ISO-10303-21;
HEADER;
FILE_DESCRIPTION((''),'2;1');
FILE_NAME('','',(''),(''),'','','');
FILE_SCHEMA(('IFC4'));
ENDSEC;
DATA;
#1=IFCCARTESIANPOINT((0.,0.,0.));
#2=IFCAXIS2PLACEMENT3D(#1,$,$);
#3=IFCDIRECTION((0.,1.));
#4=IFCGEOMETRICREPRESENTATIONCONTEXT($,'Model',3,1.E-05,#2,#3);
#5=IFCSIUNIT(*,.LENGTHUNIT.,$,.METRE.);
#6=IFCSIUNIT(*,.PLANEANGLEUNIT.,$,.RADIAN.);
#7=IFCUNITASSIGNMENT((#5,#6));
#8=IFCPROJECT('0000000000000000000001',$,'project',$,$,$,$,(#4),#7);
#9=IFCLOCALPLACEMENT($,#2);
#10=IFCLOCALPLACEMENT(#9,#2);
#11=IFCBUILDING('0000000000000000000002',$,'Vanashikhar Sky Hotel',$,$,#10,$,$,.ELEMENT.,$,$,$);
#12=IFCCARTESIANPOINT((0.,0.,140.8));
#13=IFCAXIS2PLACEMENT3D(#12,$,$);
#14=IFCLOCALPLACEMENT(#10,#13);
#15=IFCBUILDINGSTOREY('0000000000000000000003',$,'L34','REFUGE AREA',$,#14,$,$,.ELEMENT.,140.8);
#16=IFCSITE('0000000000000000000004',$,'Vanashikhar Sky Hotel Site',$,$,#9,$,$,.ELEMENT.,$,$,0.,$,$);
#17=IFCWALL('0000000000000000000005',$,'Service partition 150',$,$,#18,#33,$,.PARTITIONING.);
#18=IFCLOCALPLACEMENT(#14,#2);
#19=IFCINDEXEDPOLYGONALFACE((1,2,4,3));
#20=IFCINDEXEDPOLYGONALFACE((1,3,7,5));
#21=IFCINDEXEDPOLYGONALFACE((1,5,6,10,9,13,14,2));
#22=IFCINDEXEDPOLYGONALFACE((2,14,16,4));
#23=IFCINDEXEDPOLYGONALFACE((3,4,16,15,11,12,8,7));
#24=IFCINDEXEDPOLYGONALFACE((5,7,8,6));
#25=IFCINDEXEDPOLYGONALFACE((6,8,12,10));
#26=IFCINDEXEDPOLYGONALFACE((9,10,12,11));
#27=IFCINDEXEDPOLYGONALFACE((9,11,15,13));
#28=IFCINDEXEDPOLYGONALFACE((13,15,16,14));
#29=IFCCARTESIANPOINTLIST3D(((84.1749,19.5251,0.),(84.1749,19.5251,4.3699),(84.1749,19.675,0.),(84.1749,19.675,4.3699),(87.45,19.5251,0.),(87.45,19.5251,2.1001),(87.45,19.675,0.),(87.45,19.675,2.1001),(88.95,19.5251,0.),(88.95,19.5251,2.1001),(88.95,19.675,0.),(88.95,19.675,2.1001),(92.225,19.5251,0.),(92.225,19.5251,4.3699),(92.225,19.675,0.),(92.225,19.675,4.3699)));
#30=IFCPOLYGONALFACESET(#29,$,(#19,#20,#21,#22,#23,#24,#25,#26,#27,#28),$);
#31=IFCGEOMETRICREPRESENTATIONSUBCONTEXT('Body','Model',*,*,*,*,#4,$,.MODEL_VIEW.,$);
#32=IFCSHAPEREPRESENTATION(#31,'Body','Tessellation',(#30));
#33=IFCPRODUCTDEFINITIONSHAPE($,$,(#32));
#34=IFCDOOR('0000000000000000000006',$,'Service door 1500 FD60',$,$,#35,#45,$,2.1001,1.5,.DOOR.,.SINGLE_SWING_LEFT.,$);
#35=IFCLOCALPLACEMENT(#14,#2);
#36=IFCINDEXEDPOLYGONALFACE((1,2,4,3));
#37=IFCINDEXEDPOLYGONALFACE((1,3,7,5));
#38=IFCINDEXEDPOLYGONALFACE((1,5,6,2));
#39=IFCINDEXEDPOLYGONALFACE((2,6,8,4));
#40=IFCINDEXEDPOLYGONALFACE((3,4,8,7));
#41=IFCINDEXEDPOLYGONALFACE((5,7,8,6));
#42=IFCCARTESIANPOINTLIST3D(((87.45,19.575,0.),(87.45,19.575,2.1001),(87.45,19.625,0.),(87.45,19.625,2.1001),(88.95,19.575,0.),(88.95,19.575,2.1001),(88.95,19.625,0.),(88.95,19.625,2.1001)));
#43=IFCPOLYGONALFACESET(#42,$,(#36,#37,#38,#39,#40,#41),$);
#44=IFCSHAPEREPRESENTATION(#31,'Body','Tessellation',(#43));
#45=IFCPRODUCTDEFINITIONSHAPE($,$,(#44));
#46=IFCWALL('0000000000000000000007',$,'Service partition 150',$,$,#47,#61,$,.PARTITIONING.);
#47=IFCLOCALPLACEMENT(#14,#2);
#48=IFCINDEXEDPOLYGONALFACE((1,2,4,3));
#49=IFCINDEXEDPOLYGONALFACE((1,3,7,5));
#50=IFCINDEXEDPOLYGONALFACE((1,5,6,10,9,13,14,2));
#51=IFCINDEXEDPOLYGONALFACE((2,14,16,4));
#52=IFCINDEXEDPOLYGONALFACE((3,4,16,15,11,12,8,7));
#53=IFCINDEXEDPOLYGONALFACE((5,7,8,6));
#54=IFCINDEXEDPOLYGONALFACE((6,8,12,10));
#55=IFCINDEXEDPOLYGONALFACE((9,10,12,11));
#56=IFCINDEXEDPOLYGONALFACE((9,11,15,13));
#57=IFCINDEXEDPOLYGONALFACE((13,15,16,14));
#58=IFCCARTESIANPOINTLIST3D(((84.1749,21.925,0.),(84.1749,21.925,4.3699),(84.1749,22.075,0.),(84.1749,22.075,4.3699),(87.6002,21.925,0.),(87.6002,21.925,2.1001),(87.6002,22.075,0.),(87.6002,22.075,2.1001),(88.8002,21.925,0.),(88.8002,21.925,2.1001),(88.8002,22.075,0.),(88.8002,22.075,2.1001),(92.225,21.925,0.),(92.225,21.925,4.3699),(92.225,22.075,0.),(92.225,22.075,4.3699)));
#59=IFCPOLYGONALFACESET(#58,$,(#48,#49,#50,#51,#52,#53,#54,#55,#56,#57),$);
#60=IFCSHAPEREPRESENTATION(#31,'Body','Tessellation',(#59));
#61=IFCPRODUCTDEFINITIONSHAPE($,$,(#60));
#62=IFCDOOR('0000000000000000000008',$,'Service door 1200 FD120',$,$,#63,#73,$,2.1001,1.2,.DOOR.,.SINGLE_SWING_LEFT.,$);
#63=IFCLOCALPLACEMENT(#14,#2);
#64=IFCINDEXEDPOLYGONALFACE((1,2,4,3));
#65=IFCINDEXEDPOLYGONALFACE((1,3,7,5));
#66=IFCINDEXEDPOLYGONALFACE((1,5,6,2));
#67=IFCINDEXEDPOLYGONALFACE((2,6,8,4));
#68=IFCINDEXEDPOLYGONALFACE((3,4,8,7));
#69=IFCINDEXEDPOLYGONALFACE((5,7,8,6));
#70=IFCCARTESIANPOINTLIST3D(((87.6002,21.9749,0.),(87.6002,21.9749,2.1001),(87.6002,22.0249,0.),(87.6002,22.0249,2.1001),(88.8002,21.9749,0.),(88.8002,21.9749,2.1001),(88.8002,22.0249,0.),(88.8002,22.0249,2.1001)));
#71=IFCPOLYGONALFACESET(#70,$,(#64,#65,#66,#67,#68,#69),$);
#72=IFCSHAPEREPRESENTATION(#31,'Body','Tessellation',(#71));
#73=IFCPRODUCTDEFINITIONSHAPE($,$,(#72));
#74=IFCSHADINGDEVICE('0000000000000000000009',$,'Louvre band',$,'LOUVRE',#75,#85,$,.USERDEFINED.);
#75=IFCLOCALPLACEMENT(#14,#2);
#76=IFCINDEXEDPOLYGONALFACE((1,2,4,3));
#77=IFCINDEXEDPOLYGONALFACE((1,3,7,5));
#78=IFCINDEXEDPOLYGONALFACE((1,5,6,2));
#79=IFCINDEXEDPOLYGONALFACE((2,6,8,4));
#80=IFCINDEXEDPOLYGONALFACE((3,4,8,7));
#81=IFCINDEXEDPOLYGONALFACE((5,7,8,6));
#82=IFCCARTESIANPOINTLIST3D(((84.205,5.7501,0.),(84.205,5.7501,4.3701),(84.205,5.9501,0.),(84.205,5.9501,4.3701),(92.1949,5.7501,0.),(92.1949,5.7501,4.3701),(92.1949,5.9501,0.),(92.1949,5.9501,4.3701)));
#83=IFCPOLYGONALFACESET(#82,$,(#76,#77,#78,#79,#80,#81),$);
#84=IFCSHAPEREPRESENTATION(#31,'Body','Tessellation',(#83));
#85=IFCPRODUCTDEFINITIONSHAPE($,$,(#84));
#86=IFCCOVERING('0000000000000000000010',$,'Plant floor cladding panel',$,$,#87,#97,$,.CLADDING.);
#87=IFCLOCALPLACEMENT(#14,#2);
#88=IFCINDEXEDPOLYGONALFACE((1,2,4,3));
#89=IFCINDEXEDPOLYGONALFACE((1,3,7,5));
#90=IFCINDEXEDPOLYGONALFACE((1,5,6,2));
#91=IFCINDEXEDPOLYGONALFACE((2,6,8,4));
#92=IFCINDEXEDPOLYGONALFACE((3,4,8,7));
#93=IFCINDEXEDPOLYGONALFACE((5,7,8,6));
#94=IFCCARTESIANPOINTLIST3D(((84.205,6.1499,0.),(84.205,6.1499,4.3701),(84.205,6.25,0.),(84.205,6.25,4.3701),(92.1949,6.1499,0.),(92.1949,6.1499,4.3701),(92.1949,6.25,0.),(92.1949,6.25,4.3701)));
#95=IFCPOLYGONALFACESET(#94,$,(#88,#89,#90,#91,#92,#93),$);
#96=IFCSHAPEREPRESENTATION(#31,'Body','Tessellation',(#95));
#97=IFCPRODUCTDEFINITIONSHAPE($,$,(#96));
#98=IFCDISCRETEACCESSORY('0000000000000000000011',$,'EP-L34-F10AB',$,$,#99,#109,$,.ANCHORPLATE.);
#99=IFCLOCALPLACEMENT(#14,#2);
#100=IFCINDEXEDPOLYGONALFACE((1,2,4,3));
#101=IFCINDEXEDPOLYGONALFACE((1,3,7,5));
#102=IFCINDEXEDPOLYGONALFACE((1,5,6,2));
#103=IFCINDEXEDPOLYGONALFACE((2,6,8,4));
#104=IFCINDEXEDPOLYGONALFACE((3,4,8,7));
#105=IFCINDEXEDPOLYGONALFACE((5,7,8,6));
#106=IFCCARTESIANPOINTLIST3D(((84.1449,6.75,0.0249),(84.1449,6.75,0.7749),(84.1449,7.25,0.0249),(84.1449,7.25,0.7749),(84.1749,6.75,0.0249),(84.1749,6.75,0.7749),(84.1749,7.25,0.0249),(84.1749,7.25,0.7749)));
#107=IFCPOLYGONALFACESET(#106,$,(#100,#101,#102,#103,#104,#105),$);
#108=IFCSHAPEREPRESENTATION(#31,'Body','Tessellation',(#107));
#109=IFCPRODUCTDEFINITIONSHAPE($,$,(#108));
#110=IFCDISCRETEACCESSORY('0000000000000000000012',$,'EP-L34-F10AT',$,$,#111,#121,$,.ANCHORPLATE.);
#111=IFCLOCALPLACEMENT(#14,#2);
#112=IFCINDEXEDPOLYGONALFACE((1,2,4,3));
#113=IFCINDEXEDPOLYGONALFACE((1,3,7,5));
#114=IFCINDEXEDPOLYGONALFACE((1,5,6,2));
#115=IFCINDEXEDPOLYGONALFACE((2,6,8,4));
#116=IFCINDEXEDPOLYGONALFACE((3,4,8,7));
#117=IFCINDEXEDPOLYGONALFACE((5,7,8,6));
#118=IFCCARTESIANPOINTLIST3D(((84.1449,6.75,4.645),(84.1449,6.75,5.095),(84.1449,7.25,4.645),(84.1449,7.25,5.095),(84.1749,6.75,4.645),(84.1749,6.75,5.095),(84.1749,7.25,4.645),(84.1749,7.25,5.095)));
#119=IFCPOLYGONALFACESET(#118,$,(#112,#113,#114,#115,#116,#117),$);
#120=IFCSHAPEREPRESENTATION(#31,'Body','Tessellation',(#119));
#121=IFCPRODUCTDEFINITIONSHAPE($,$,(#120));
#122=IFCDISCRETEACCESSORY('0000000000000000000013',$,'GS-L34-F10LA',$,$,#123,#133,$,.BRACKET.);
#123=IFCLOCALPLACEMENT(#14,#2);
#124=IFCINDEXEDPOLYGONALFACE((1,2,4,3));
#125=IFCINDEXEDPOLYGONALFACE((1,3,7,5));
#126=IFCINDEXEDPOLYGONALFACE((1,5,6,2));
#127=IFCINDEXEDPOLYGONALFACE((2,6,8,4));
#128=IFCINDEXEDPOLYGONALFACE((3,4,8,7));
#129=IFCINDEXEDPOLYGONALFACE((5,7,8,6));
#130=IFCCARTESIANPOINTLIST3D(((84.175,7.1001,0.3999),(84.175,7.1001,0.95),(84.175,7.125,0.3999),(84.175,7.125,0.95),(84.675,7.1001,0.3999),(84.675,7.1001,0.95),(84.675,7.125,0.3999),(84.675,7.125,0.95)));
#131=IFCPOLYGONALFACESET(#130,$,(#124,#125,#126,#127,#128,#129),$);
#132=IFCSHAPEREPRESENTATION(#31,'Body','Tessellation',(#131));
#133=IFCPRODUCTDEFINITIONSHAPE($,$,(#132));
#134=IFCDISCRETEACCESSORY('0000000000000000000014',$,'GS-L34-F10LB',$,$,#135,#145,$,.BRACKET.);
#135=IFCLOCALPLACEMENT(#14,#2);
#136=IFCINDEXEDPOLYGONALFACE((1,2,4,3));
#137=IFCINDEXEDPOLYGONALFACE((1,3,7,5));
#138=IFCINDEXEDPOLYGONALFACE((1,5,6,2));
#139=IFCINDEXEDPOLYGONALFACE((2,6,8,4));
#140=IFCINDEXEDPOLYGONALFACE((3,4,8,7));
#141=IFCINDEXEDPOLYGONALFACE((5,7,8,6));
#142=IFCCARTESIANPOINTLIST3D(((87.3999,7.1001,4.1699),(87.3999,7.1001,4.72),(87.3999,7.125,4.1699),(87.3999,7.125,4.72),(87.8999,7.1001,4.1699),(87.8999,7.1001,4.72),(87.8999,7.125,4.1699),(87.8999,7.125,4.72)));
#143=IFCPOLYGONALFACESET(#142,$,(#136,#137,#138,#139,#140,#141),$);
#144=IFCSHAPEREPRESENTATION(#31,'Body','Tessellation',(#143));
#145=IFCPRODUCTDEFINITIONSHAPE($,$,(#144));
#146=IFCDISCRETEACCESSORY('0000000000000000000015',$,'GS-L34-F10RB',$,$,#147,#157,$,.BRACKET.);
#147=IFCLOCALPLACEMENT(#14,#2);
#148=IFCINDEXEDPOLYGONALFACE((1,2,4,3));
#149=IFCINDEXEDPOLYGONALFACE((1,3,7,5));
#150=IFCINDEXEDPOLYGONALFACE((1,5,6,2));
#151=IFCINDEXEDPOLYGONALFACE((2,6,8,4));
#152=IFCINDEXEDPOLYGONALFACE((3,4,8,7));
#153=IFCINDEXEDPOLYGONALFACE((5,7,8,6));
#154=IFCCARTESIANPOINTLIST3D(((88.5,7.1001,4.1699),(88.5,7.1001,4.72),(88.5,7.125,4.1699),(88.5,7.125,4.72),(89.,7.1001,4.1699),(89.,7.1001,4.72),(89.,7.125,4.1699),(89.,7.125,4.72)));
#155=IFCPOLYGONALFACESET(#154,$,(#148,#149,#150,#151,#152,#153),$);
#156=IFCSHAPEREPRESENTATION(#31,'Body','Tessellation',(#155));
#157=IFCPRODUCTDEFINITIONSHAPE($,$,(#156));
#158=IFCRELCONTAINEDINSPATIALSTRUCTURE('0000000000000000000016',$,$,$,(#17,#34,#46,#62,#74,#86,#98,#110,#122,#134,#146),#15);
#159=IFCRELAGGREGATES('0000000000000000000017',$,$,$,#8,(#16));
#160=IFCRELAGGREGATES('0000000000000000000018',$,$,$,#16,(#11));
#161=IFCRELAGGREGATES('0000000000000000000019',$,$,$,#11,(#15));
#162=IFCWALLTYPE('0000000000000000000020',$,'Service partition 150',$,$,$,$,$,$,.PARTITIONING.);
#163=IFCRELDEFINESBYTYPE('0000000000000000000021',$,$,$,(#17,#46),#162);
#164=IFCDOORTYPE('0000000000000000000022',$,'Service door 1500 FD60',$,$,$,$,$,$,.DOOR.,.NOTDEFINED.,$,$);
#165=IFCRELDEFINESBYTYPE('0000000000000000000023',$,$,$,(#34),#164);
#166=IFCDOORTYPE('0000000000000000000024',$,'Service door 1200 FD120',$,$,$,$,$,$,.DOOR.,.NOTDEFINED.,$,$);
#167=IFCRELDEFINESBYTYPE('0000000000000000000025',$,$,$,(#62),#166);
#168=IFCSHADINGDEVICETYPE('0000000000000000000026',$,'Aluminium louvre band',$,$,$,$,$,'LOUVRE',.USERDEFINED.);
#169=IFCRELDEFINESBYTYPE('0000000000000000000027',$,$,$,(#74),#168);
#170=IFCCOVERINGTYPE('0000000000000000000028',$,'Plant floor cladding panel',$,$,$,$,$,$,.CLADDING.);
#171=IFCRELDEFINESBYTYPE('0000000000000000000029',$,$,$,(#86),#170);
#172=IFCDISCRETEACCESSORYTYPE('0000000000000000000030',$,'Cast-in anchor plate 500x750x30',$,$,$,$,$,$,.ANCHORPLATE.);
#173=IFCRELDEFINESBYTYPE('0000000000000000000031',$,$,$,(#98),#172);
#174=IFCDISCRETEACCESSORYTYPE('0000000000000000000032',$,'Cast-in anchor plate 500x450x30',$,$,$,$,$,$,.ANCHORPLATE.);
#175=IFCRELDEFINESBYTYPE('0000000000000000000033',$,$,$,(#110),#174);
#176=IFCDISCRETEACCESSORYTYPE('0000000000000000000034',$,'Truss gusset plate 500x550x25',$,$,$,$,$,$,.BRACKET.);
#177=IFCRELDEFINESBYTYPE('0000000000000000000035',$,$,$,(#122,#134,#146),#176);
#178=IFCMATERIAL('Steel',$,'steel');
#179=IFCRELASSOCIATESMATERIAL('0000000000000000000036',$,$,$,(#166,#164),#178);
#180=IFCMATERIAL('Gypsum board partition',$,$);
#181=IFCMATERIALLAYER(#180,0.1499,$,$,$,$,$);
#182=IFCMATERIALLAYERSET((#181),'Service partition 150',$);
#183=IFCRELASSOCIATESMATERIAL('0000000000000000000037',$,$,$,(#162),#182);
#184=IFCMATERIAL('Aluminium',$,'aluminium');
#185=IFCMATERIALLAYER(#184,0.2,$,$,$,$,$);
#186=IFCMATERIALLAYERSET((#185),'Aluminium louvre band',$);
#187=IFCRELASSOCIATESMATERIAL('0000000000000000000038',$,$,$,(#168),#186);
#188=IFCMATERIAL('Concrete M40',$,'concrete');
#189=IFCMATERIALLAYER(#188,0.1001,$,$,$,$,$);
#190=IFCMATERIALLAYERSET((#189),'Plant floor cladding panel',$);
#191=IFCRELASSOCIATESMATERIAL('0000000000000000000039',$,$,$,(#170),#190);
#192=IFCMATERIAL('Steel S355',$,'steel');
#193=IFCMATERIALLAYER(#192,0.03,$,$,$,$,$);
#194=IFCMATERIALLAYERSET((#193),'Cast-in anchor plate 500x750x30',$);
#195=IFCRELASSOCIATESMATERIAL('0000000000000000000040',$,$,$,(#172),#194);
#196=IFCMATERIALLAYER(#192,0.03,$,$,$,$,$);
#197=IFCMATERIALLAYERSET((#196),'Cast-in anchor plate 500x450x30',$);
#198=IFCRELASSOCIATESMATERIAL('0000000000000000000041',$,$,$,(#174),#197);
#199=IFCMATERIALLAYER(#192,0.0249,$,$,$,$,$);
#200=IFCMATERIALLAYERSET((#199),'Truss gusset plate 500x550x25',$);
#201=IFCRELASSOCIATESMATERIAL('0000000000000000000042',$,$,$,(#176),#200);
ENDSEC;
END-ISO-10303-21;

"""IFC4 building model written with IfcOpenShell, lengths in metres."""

from ifc_helpers import new_model, si_unit, direction, frame, frame_2d, origin, origin_2d, place, context, subcontext, project, spatial, rectangle, extrude, source, transform, mapped, material, layer, layer_set, type_object, element, fill, save


model = new_model("IFC4")

# Units and contexts
model_context = context("Model", 3, precision=1e-05, world=origin(), true_north=direction((0.0, 1.0)))
body_context = subcontext(model_context, "Body", "Model", "MODEL_VIEW")
ifc_project = project(units=[si_unit("LENGTHUNIT", "METRE"), si_unit("PLANEANGLEUNIT", "RADIAN")], contexts=[model_context])

# Site, building, storey
site_placement = place(None, origin())
site = spatial("IfcSite", under=ifc_project, at=site_placement, Name="Vanashikhar Sky Hotel Site", CompositionType="ELEMENT", RefElevation=0.0)
building_placement = place(site_placement, origin())
building = spatial("IfcBuilding", under=site, at=building_placement, Name="Vanashikhar Sky Hotel", CompositionType="ELEMENT")
storey_placement = place(building_placement, frame((0.0, 0.0, 140.8)))
storey = spatial("IfcBuildingStorey", under=building, at=storey_placement, Name="L34", Description="REFUGE AREA", CompositionType="ELEMENT", Elevation=140.8)

# Shared definitions
ifc_material_1 = material(Name="Steel S355", Category="steel")

# Walls, openings, doors
ifc_material_2 = material(Name="Steel", Category="steel")
door_type_1 = type_object("IfcDoorType", Name="Service door 1200 FD120", OperationType="NOTDEFINED", PredefinedType="DOOR", material=ifc_material_2)
shared_shape_1 = source(origin(), body_context, "Body", "SweptSolid", [
    extrude(rectangle(XDim=1.2, YDim=2.1001, at=frame_2d((0.6001, 1.05))), frame((0.0, 0.0249, 0.0), z_axis=(0.0, -1.0, 0.0), x_axis=(1.0, 0.0, 0.0)), (0.0, 0.0, 1.0), 0.05),
])
ifc_material_3 = material(Name="Gypsum board partition")
ifc_layer_1 = layer(ifc_material_3, 0.1499)
ifc_layer_set_1 = layer_set([ifc_layer_1], Name="Service partition 150")
wall_type_1 = type_object("IfcWallType", Name="Service partition 150", PredefinedType="PARTITIONING", material=ifc_layer_set_1)
shared_shape_2 = source(origin(), body_context, "Body", "SweptSolid", [
    extrude(rectangle(XDim=8.05, YDim=0.1499, at=frame_2d((4.0249, 0.0))), origin(), (0.0, 0.0, 1.0), 4.3699),
])
wall_1_placement = place(storey_placement, frame((84.175, 19.6001, 0.0), z_axis=(0.0, 0.0, 1.0), x_axis=(1.0, 0.0, 0.0)))
wall_1 = element("IfcWall", 1, at=wall_1_placement, inside=storey, type_object=wall_type_1, Name="Service partition 150", PredefinedType="PARTITIONING", context=body_context, shape_type="MappedRepresentation", body=[
    mapped(shared_shape_2, transform((0.0, 0.0, 0.0), scale=1.0)),
])
shared_shape_3 = source(origin(), body_context, "Body", "SweptSolid", [
    extrude(rectangle(XDim=1.5, YDim=2.1001, at=frame_2d((0.75, 1.05))), frame((0.0, 0.085, 0.0), z_axis=(0.0, -1.0, 0.0), x_axis=(1.0, 0.0, 0.0)), (0.0, 0.0, 1.0), 0.1699),
])
opening_1_placement = place(wall_1_placement, frame((3.2749, 0.0, 0.0)))
opening_1 = element("IfcOpeningElement", 2, at=opening_1_placement, cuts=wall_1, PredefinedType="OPENING", context=body_context, shape_type="MappedRepresentation", body=[
    mapped(shared_shape_3, transform((0.0, 0.0, 0.0), scale=1.0)),
])
door_type_2 = type_object("IfcDoorType", Name="Service door 1500 FD60", OperationType="NOTDEFINED", PredefinedType="DOOR", material=ifc_material_2)
shared_shape_4 = source(origin(), body_context, "Body", "SweptSolid", [
    extrude(rectangle(XDim=1.5, YDim=2.1001, at=frame_2d((0.75, 1.05))), frame((0.0, 0.0249, 0.0), z_axis=(0.0, -1.0, 0.0), x_axis=(1.0, 0.0, 0.0)), (0.0, 0.0, 1.0), 0.05),
])
door_1_placement = place(opening_1_placement, origin())
door_1 = element("IfcDoor", 3, at=door_1_placement, inside=storey, type_object=door_type_2, Name="Service door 1500 FD60", OperationType="SINGLE_SWING_LEFT", OverallHeight=2.1001, OverallWidth=1.5, PredefinedType="DOOR", context=body_context, shape_type="MappedRepresentation", body=[
    mapped(shared_shape_4, transform((0.0, 0.0, 0.0), scale=1.0)),
])
fill(opening_1, door_1)
wall_2_placement = place(storey_placement, frame((84.175, 22.0, 0.0), z_axis=(0.0, 0.0, 1.0), x_axis=(1.0, 0.0, 0.0)))
wall_2 = element("IfcWall", 4, at=wall_2_placement, inside=storey, type_object=wall_type_1, Name="Service partition 150", PredefinedType="PARTITIONING", context=body_context, shape_type="MappedRepresentation", body=[
    mapped(shared_shape_2, transform((0.0, 0.0, 0.0), scale=1.0)),
])
shared_shape_5 = source(origin(), body_context, "Body", "SweptSolid", [
    extrude(rectangle(XDim=1.2, YDim=2.1001, at=frame_2d((0.6001, 1.05))), frame((0.0, 0.085, 0.0), z_axis=(0.0, -1.0, 0.0), x_axis=(1.0, 0.0, 0.0)), (0.0, 0.0, 1.0), 0.1699),
])
opening_2_placement = place(wall_2_placement, frame((3.425, 0.0, 0.0)))
opening_2 = element("IfcOpeningElement", 5, at=opening_2_placement, cuts=wall_2, PredefinedType="OPENING", context=body_context, shape_type="MappedRepresentation", body=[
    mapped(shared_shape_5, transform((0.0, 0.0, 0.0), scale=1.0)),
])
door_2_placement = place(opening_2_placement, origin())
door_2 = element("IfcDoor", 6, at=door_2_placement, inside=storey, type_object=door_type_1, Name="Service door 1200 FD120", OperationType="SINGLE_SWING_LEFT", OverallHeight=2.1001, OverallWidth=1.2, PredefinedType="DOOR", context=body_context, shape_type="MappedRepresentation", body=[
    mapped(shared_shape_1, transform((0.0, 0.0, 0.0), scale=1.0)),
])
fill(opening_2, door_2)

# Shading device
ifc_material_4 = material(Name="Aluminium", Category="aluminium")
ifc_layer_2 = layer(ifc_material_4, 0.2)
ifc_layer_set_2 = layer_set([ifc_layer_2], Name="Aluminium louvre band")
shading_device_type = type_object("IfcShadingDeviceType", Name="Aluminium louvre band", ElementType="LOUVRE", PredefinedType="USERDEFINED", material=ifc_layer_set_2)
shared_shape_6 = source(origin(), body_context, "Body", "SweptSolid", [
    extrude(rectangle(XDim=7.99, YDim=0.2, at=origin_2d()), origin(), (0.0, 0.0, 1.0), 4.3701),
])
shading_device_placement = place(storey_placement, frame((88.2, 5.8501, 0.0), z_axis=(0.0, 0.0, 1.0), x_axis=(1.0, 0.0, 0.0)))
element("IfcShadingDevice", 7, at=shading_device_placement, inside=storey, type_object=shading_device_type, Name="Louvre band", ObjectType="LOUVRE", PredefinedType="USERDEFINED", context=body_context, shape_type="MappedRepresentation", body=[
    mapped(shared_shape_6, transform((0.0, 0.0, 0.0), scale=1.0)),
])

# Covering
ifc_material_5 = material(Name="Concrete M40", Category="concrete")
ifc_layer_3 = layer(ifc_material_5, 0.1001)
ifc_layer_set_3 = layer_set([ifc_layer_3], Name="Plant floor cladding panel")
covering_type = type_object("IfcCoveringType", Name="Plant floor cladding panel", PredefinedType="CLADDING", material=ifc_layer_set_3)
shared_shape_7 = source(origin(), body_context, "Body", "SweptSolid", [
    extrude(rectangle(XDim=7.99, YDim=0.1001, at=origin_2d()), origin(), (0.0, 0.0, 1.0), 4.3701),
])
covering_placement = place(storey_placement, frame((88.2, 6.2, 0.0), z_axis=(0.0, 0.0, 1.0), x_axis=(1.0, 0.0, 0.0)))
element("IfcCovering", 8, at=covering_placement, inside=storey, type_object=covering_type, Name="Plant floor cladding panel", PredefinedType="CLADDING", context=body_context, shape_type="MappedRepresentation", body=[
    mapped(shared_shape_7, transform((0.0, 0.0, 0.0), scale=1.0)),
])

# Discrete accessories
ifc_layer_4 = layer(ifc_material_1, 0.03)
ifc_layer_set_4 = layer_set([ifc_layer_4], Name="Cast-in anchor plate 500x750x30")
discrete_accessory_type_1 = type_object("IfcDiscreteAccessoryType", Name="Cast-in anchor plate 500x750x30", PredefinedType="ANCHORPLATE", material=ifc_layer_set_4)
shared_shape_8 = source(origin(), body_context, "Body", "SweptSolid", [
    extrude(rectangle(XDim=0.03, YDim=0.5, at=origin_2d()), origin(), (0.0, 0.0, 1.0), 0.75),
])
discrete_accessory_1_placement = place(storey_placement, frame((84.1599, 7.0, 0.0249), z_axis=(0.0, 0.0, 1.0), x_axis=(1.0, 0.0, 0.0)))
element("IfcDiscreteAccessory", 9, at=discrete_accessory_1_placement, inside=storey, type_object=discrete_accessory_type_1, Name="EP-L34-F10AB", PredefinedType="ANCHORPLATE", context=body_context, shape_type="MappedRepresentation", body=[
    mapped(shared_shape_8, transform((0.0, 0.0, 0.0), scale=1.0)),
])
ifc_layer_5 = layer(ifc_material_1, 0.03)
ifc_layer_set_5 = layer_set([ifc_layer_5], Name="Cast-in anchor plate 500x450x30")
discrete_accessory_type_2 = type_object("IfcDiscreteAccessoryType", Name="Cast-in anchor plate 500x450x30", PredefinedType="ANCHORPLATE", material=ifc_layer_set_5)
shared_shape_9 = source(origin(), body_context, "Body", "SweptSolid", [
    extrude(rectangle(XDim=0.03, YDim=0.5, at=origin_2d()), origin(), (0.0, 0.0, 1.0), 0.45),
])
discrete_accessory_2_placement = place(storey_placement, frame((84.1599, 7.0, 4.645), z_axis=(0.0, 0.0, 1.0), x_axis=(1.0, 0.0, 0.0)))
element("IfcDiscreteAccessory", 10, at=discrete_accessory_2_placement, inside=storey, type_object=discrete_accessory_type_2, Name="EP-L34-F10AT", PredefinedType="ANCHORPLATE", context=body_context, shape_type="MappedRepresentation", body=[
    mapped(shared_shape_9, transform((0.0, 0.0, 0.0), scale=1.0)),
])
ifc_layer_6 = layer(ifc_material_1, 0.0249)
ifc_layer_set_6 = layer_set([ifc_layer_6], Name="Truss gusset plate 500x550x25")
discrete_accessory_type_3 = type_object("IfcDiscreteAccessoryType", Name="Truss gusset plate 500x550x25", PredefinedType="BRACKET", material=ifc_layer_set_6)
shared_shape_10 = source(origin(), body_context, "Body", "SweptSolid", [
    extrude(rectangle(XDim=0.5, YDim=0.0249, at=origin_2d()), origin(), (0.0, 0.0, 1.0), 0.55),
])
for number, where, z_axis, x_axis, name in (
    (11, (84.425, 7.1125, 0.3999), (0.0, 0.0, 1.0), (1.0, 0.0, 0.0), "GS-L34-F10LA"),
    (12, (87.6499, 7.1125, 4.1699), (0.0, 0.0, 1.0), (1.0, 0.0, 0.0), "GS-L34-F10LB"),
    (13, (88.75, 7.1125, 4.1699), (0.0, 0.0, 1.0), (1.0, 0.0, 0.0), "GS-L34-F10RB"),
):
    element("IfcDiscreteAccessory", number, at=place(storey_placement, frame(where, z_axis=z_axis, x_axis=x_axis)), inside=storey, type_object=discrete_accessory_type_3, Name=name, PredefinedType="BRACKET", context=body_context, shape_type="MappedRepresentation", body=[
        mapped(shared_shape_10, transform((0.0, 0.0, 0.0), scale=1.0)),
    ])

save(model, "model.ifc")
